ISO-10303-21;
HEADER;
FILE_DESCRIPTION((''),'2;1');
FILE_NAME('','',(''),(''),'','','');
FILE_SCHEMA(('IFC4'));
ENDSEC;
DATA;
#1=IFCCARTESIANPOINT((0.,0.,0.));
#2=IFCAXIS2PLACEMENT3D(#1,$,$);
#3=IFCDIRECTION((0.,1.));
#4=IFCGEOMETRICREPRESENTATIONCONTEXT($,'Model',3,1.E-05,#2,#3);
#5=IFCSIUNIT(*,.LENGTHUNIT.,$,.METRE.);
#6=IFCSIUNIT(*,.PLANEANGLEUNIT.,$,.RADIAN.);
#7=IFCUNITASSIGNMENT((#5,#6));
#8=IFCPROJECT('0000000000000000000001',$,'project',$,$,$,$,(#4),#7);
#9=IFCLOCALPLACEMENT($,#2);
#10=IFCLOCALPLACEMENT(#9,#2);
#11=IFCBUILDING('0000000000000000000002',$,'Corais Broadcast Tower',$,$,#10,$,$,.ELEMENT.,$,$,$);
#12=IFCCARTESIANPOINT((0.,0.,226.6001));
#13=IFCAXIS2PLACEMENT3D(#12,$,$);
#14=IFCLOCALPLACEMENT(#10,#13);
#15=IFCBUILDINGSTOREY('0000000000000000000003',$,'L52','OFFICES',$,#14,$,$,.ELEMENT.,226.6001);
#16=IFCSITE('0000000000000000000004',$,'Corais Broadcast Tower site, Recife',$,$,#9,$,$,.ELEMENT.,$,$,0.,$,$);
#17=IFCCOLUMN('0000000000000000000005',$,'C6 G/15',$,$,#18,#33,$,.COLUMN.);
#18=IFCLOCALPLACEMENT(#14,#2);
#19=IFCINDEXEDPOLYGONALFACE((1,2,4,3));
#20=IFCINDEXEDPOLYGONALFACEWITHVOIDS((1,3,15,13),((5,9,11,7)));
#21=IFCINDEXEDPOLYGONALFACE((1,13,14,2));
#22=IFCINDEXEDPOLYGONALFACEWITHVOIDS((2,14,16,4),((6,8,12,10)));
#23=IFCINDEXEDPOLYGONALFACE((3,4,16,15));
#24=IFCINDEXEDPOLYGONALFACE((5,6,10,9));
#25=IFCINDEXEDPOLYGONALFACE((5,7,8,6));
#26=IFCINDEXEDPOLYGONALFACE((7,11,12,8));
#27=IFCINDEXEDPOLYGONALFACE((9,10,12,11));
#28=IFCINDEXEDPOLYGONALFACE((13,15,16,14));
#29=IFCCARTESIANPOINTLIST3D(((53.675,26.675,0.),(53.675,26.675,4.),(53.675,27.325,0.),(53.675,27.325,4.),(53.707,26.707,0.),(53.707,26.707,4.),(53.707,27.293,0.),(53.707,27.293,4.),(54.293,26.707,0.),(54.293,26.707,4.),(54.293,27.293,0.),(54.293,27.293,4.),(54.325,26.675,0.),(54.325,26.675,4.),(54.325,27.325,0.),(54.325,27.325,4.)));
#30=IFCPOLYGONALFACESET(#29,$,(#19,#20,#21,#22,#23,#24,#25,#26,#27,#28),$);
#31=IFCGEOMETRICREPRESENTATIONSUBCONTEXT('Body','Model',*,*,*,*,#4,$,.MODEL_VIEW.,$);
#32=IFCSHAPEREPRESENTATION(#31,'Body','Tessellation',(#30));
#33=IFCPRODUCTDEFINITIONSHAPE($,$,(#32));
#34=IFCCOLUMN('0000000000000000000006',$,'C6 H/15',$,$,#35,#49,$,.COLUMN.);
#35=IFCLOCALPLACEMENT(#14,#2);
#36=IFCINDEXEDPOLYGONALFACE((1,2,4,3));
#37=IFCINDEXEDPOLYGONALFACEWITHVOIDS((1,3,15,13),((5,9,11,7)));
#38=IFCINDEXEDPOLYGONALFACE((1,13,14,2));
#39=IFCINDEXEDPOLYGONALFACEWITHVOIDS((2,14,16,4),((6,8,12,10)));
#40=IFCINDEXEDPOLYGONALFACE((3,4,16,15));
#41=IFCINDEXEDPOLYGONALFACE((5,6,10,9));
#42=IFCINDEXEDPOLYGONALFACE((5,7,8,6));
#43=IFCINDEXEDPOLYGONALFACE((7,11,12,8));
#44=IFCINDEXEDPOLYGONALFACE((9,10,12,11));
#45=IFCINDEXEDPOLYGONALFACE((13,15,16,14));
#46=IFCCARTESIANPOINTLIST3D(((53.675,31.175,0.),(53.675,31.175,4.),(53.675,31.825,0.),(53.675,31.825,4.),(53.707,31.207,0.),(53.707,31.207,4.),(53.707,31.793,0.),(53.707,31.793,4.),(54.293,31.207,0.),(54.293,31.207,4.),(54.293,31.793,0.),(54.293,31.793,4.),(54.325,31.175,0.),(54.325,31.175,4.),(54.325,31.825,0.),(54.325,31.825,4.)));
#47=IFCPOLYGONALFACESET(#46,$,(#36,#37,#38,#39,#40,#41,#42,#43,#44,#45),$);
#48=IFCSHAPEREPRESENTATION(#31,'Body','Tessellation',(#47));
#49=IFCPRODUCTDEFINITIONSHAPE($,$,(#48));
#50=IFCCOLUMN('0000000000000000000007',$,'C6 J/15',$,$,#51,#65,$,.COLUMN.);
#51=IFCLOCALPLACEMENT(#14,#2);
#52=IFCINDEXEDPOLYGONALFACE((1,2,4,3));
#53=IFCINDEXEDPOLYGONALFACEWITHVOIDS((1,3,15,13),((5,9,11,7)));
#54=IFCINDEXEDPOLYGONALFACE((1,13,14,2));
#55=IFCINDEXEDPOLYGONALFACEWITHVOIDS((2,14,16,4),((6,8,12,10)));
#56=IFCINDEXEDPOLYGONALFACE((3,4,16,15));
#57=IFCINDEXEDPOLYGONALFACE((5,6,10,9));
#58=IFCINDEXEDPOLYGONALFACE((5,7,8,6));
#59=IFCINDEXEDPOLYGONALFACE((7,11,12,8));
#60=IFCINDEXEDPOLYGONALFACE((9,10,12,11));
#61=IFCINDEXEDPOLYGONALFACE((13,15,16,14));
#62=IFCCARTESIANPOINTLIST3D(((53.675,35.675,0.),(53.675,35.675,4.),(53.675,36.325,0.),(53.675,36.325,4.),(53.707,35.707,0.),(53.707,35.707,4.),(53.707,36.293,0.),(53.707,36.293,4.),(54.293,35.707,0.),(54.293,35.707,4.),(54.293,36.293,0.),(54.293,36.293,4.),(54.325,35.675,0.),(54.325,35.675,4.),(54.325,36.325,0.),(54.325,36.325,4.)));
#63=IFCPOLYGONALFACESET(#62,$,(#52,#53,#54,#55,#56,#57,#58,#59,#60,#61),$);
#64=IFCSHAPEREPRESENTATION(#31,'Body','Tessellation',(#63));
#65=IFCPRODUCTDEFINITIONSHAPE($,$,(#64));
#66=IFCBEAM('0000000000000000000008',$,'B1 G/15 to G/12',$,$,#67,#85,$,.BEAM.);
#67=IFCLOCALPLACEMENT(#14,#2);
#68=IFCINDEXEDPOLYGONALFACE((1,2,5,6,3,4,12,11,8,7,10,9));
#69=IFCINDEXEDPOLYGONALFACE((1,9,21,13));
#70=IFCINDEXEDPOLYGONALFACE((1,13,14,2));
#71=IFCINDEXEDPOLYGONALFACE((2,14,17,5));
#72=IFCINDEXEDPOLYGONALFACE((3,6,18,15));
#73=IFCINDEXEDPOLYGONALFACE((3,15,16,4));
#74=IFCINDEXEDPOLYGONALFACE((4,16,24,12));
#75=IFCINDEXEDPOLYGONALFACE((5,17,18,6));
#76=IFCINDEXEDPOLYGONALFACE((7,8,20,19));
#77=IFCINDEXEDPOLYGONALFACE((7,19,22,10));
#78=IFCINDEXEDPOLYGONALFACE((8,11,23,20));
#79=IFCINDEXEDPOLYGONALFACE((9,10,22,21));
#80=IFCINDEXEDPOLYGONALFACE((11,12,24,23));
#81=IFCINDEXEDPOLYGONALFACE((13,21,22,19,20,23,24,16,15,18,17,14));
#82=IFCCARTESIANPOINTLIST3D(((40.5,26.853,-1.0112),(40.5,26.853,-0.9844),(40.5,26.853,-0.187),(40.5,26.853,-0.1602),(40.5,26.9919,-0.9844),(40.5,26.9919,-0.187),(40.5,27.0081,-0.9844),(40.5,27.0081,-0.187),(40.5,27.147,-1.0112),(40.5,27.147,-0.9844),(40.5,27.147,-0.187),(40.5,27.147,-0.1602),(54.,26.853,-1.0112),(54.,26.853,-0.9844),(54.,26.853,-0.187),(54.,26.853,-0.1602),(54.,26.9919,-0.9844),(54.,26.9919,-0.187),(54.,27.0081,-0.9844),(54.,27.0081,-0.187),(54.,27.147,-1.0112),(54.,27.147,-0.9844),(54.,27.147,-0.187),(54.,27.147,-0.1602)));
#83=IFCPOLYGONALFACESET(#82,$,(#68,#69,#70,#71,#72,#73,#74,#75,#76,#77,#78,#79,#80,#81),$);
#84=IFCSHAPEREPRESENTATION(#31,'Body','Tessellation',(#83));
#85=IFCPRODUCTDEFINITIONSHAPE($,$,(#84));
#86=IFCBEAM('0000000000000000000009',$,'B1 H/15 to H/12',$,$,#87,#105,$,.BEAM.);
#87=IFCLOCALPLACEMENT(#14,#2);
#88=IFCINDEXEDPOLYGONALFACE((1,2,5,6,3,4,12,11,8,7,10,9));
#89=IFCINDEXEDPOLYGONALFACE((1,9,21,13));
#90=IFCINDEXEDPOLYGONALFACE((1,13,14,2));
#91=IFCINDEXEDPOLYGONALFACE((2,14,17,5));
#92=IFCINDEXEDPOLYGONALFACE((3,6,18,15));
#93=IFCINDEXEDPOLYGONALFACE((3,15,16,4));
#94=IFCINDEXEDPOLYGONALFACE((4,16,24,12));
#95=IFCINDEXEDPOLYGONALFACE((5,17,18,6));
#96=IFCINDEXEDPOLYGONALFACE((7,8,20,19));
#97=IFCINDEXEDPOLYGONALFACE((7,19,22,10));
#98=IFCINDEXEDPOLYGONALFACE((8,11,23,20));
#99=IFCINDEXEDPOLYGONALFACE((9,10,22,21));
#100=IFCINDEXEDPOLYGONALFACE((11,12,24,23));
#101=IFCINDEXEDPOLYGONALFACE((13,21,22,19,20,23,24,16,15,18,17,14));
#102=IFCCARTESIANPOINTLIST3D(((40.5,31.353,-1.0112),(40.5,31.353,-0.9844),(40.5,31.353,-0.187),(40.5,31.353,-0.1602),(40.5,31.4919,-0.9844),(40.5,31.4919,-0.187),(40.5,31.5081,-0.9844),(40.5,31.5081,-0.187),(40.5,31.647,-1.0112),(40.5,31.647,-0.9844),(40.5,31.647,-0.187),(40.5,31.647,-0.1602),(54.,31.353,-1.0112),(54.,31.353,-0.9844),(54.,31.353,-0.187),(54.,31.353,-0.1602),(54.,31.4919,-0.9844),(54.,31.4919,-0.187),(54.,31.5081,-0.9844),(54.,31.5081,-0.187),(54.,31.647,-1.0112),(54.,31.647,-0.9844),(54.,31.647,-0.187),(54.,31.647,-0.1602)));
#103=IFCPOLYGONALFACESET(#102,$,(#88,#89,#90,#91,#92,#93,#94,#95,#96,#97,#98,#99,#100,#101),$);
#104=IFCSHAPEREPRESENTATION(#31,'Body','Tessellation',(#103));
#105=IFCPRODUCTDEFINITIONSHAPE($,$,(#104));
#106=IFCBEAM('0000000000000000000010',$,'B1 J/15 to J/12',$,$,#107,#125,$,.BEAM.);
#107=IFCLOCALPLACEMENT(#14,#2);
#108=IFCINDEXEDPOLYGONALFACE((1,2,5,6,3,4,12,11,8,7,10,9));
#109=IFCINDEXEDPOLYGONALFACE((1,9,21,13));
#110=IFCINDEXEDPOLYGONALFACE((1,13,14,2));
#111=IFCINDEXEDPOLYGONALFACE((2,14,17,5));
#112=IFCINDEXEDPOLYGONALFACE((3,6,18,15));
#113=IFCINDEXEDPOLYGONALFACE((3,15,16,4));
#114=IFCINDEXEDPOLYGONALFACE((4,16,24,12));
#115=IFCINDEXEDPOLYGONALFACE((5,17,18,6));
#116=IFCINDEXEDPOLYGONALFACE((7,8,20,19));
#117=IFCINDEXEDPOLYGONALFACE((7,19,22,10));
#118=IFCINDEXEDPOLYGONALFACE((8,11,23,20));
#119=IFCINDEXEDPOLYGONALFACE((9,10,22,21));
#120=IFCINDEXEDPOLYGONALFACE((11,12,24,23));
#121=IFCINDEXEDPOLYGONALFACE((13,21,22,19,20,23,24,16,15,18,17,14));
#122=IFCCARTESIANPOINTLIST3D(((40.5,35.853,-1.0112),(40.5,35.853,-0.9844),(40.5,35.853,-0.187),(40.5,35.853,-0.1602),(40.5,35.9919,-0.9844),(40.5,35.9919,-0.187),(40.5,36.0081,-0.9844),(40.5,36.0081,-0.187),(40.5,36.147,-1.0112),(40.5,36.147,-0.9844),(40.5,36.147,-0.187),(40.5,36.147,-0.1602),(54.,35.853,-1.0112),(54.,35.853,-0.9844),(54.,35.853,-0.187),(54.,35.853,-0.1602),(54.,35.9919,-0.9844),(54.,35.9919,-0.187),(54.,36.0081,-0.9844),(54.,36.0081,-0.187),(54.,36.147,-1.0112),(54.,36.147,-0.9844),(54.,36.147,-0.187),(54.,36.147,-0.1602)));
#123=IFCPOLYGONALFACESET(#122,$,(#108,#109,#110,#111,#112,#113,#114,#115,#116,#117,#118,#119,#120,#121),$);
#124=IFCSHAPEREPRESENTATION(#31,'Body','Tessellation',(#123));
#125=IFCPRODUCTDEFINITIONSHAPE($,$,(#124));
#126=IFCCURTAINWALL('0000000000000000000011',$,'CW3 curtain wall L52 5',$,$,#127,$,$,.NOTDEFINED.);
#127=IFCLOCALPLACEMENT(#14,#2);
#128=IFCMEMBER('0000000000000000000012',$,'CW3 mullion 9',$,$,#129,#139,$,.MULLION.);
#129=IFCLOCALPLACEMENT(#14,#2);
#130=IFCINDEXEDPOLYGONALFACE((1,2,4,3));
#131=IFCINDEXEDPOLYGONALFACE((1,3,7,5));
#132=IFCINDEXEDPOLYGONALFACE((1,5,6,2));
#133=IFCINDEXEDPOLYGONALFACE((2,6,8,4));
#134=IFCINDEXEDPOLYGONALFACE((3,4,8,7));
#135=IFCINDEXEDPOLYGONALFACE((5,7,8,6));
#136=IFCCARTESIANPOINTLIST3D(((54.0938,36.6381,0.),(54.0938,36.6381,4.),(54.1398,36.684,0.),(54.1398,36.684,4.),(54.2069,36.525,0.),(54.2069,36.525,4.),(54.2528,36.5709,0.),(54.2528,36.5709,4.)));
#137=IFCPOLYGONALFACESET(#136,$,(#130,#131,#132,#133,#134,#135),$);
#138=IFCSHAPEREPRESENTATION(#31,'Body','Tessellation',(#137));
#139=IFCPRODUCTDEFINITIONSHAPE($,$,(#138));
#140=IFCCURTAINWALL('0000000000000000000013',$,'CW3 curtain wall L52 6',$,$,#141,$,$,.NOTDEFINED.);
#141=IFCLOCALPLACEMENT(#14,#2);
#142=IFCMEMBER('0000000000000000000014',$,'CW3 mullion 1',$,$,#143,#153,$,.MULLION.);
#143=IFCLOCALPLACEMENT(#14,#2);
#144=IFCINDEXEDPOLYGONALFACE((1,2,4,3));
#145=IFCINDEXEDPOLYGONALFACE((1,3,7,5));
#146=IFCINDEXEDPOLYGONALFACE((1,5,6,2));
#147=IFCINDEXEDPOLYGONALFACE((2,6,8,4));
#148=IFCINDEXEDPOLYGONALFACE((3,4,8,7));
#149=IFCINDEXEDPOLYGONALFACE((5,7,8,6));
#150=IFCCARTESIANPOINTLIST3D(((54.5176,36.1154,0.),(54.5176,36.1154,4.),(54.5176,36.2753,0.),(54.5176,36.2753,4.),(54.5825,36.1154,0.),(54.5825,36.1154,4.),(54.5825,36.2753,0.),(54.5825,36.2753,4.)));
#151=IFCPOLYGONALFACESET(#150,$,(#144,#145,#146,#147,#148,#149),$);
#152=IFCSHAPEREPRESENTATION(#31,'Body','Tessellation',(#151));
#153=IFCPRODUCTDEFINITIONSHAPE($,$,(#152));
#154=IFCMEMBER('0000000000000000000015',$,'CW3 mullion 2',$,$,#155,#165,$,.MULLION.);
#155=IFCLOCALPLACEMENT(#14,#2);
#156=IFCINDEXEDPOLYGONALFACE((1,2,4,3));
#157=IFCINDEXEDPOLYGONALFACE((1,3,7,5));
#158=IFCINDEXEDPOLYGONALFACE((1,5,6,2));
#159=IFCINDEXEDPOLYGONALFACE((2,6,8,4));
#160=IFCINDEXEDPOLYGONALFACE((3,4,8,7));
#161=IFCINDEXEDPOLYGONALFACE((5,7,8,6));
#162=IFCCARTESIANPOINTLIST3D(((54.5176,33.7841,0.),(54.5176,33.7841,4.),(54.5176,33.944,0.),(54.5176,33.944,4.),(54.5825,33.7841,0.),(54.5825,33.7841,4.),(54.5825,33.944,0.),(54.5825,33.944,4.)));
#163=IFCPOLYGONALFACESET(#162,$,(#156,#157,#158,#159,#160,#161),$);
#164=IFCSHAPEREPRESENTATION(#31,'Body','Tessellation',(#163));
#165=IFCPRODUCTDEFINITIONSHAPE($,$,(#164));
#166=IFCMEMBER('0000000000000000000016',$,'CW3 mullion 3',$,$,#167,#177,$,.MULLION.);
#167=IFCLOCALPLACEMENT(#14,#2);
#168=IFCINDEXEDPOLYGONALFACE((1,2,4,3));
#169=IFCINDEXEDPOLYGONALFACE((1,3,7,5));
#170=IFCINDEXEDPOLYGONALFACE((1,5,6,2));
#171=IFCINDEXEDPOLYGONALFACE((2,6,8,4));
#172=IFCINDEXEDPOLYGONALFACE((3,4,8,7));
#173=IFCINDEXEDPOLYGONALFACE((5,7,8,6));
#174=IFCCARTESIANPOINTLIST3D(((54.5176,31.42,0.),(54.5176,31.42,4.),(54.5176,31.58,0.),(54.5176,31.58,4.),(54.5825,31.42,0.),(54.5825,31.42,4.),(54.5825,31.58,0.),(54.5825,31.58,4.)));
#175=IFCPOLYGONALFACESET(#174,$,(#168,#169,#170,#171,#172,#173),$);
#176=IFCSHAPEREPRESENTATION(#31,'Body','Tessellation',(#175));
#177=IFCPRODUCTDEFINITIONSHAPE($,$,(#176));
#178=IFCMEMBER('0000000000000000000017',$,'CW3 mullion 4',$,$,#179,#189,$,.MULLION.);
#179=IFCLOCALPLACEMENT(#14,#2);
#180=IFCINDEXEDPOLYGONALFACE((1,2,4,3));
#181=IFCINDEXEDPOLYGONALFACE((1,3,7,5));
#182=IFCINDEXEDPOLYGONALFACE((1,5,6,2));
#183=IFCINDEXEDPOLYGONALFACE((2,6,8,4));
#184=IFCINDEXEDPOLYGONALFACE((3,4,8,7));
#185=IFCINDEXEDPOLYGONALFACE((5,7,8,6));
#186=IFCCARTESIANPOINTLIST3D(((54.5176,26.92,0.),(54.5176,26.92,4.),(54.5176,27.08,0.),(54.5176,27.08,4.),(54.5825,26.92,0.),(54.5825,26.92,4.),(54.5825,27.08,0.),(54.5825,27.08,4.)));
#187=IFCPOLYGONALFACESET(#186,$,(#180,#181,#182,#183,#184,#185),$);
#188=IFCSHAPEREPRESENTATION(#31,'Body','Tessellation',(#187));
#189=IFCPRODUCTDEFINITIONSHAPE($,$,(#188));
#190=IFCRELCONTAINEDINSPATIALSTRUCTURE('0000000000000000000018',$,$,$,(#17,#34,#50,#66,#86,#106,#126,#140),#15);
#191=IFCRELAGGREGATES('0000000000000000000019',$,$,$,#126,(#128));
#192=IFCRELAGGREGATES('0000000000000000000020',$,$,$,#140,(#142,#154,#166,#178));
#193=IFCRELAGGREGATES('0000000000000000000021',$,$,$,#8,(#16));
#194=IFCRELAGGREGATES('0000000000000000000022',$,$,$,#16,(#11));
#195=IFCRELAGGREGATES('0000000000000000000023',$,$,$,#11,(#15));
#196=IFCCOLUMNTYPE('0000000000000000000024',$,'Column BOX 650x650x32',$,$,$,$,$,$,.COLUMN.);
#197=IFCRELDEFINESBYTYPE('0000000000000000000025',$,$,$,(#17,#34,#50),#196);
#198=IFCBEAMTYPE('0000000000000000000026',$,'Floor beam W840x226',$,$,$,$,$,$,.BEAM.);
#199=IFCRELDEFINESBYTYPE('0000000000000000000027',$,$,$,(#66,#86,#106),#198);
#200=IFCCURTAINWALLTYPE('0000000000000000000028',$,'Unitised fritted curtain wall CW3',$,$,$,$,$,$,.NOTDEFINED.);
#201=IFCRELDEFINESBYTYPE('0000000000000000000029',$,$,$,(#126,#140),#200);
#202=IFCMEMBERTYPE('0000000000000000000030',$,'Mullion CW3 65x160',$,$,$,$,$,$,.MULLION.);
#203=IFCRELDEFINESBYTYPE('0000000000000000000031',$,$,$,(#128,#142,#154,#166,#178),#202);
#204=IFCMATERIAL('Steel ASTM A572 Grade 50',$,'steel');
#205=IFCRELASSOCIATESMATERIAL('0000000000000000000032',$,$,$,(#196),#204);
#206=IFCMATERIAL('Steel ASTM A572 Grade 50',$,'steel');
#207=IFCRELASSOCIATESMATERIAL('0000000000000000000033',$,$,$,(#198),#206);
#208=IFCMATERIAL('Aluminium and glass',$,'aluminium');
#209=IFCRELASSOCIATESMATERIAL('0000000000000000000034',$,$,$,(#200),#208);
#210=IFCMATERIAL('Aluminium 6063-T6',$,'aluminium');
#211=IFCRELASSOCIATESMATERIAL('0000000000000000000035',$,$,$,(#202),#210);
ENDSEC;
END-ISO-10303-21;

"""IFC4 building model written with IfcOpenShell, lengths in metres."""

from ifc_helpers import new_model, si_unit, direction, frame, origin, origin_2d, place, context, subcontext, project, spatial, rectangle, hollow_rectangle, i_section, extrude, material, material_profile, profile_set, type_object, element, aggregate, save


model = new_model("IFC4")

# Units and contexts
model_context = context("Model", 3, precision=1e-05, world=origin(), true_north=direction((0.0, 1.0)))
body_context = subcontext(model_context, "Body", "Model", "MODEL_VIEW")
ifc_project = project(units=[si_unit("LENGTHUNIT", "METRE"), si_unit("PLANEANGLEUNIT", "RADIAN")], contexts=[model_context])

# Site, building, storey
site_placement = place(None, origin())
site = spatial("IfcSite", under=ifc_project, at=site_placement, Name="Corais Broadcast Tower site, Recife", CompositionType="ELEMENT", RefElevation=0.0)
building_placement = place(site_placement, origin())
building = spatial("IfcBuilding", under=site, at=building_placement, Name="Corais Broadcast Tower", CompositionType="ELEMENT")
storey_placement = place(building_placement, frame((0.0, 0.0, 226.6001)))
storey = spatial("IfcBuildingStorey", under=building, at=storey_placement, Name="L52", Description="OFFICES", CompositionType="ELEMENT", Elevation=226.6001)

# Columns
ifc_material_1 = material(Name="Steel ASTM A572 Grade 50", Category="steel")
ifc_material_profile_1 = material_profile(ifc_material_1, hollow_rectangle(XDim=0.6499, YDim=0.6499, WallThickness=0.032, at=origin_2d()), Name="BOX 650x650x32")
ifc_profile_set_1 = profile_set([ifc_material_profile_1], Name="Steel ASTM A572 Grade 50")
column_type = type_object("IfcColumnType", Name="Column BOX 650x650x32", PredefinedType="COLUMN", material=ifc_profile_set_1)
for number, where, z_axis, x_axis, name in (
    (1, (54.0, 27.0, 0.0), (0.0, 0.0, 1.0), (1.0, 0.0, 0.0), "C6 G/15"),
    (2, (54.0, 31.5, 0.0), (0.0, 0.0, 1.0), (1.0, 0.0, 0.0), "C6 H/15"),
    (3, (54.0, 36.0, 0.0), (0.0, 0.0, 1.0), (1.0, 0.0, 0.0), "C6 J/15"),
):
    element("IfcColumn", number, at=place(storey_placement, frame(where, z_axis=z_axis, x_axis=x_axis)), inside=storey, type_object=column_type, Name=name, PredefinedType="COLUMN", context=body_context, shape_type="SweptSolid", body=[
        extrude(hollow_rectangle(XDim=0.6499, YDim=0.6499, WallThickness=0.032, at=origin_2d()), origin(), (0.0, 0.0, 1.0), 4.0),
    ])

# Beams
ifc_material_2 = material(Name="Steel ASTM A572 Grade 50", Category="steel")
ifc_material_profile_2 = material_profile(ifc_material_2, i_section(OverallWidth=0.2939, OverallDepth=0.8511, WebThickness=0.0161, FlangeThickness=0.0269, at=origin_2d()), Name="W840x226")
ifc_profile_set_2 = profile_set([ifc_material_profile_2], Name="Steel ASTM A572 Grade 50")
beam_type_1 = type_object("IfcBeamType", Name="Floor beam W840x226", PredefinedType="BEAM", material=ifc_profile_set_2)
for number, where, z_axis, x_axis, name in (
    (4, (54.0, 27.0, -0.5857), (-1.0, 0.0, 0.0), (0.0, -1.0, 0.0), "B1 G/15 to G/12"),
    (5, (54.0, 31.5, -0.5857), (-1.0, 0.0, 0.0), (0.0, -1.0, 0.0), "B1 H/15 to H/12"),
    (6, (54.0, 36.0, -0.5857), (-1.0, 0.0, 0.0), (0.0, -1.0, 0.0), "B1 J/15 to J/12"),
):
    element("IfcBeam", number, at=place(storey_placement, frame(where, z_axis=z_axis, x_axis=x_axis)), inside=storey, type_object=beam_type_1, Name=name, PredefinedType="BEAM", context=body_context, shape_type="SweptSolid", body=[
        extrude(i_section(OverallWidth=0.2939, OverallDepth=0.8511, WebThickness=0.0161, FlangeThickness=0.0269, at=origin_2d()), origin(), (0.0, 0.0, 1.0), 13.5),
    ])

# Curtain wall, member
ifc_material_3 = material(Name="Aluminium and glass", Category="aluminium")
curtain_wall_type = type_object("IfcCurtainWallType", Name="Unitised fritted curtain wall CW3", PredefinedType="NOTDEFINED", material=ifc_material_3)
curtain_wall_1_placement = place(storey_placement, origin())
curtain_wall_1 = element("IfcCurtainWall", 7, at=curtain_wall_1_placement, inside=storey, type_object=curtain_wall_type, Name="CW3 curtain wall L52 5", PredefinedType="NOTDEFINED")
ifc_material_4 = material(Name="Aluminium 6063-T6", Category="aluminium")
ifc_material_profile_3 = material_profile(ifc_material_4, rectangle(XDim=0.0649, YDim=0.1599, at=origin_2d()), Name="Mullion CW3 65x160")
ifc_profile_set_3 = profile_set([ifc_material_profile_3], Name="Aluminium 6063-T6")
member_type_1 = type_object("IfcMemberType", Name="Mullion CW3 65x160", PredefinedType="MULLION", material=ifc_profile_set_3)
member_1_placement = place(storey_placement, frame((54.1733, 36.6045, 0.0), z_axis=(0.0, 0.0, 1.0), x_axis=(0.707107, 0.707107, 0.0)))
member_1 = element("IfcMember", 8, at=member_1_placement, type_object=member_type_1, Name="CW3 mullion 9", PredefinedType="MULLION", context=body_context, shape_type="SweptSolid", body=[
    extrude(rectangle(XDim=0.0649, YDim=0.1599, at=origin_2d()), origin(), (0.0, 0.0, 1.0), 4.0),
])
aggregate(curtain_wall_1, [member_1])

# Curtain wall, members
curtain_wall_2_placement = place(storey_placement, origin())
curtain_wall_2 = element("IfcCurtainWall", 9, at=curtain_wall_2_placement, inside=storey, type_object=curtain_wall_type, Name="CW3 curtain wall L52 6", PredefinedType="NOTDEFINED")
member_2_placement = place(storey_placement, frame((54.55, 36.1953, 0.0), z_axis=(0.0, 0.0, 1.0), x_axis=(1.0, 0.0, 0.0)))
member_2 = element("IfcMember", 10, at=member_2_placement, type_object=member_type_1, Name="CW3 mullion 1", PredefinedType="MULLION", context=body_context, shape_type="SweptSolid", body=[
    extrude(rectangle(XDim=0.0649, YDim=0.1599, at=origin_2d()), origin(), (0.0, 0.0, 1.0), 4.0),
])
member_3_placement = place(storey_placement, frame((54.55, 33.864, 0.0), z_axis=(0.0, 0.0, 1.0), x_axis=(1.0, 0.0, 0.0)))
member_3 = element("IfcMember", 11, at=member_3_placement, type_object=member_type_1, Name="CW3 mullion 2", PredefinedType="MULLION", context=body_context, shape_type="SweptSolid", body=[
    extrude(rectangle(XDim=0.0649, YDim=0.1599, at=origin_2d()), origin(), (0.0, 0.0, 1.0), 4.0),
])
member_4_placement = place(storey_placement, frame((54.55, 31.5, 0.0), z_axis=(0.0, 0.0, 1.0), x_axis=(1.0, 0.0, 0.0)))
member_4 = element("IfcMember", 12, at=member_4_placement, type_object=member_type_1, Name="CW3 mullion 3", PredefinedType="MULLION", context=body_context, shape_type="SweptSolid", body=[
    extrude(rectangle(XDim=0.0649, YDim=0.1599, at=origin_2d()), origin(), (0.0, 0.0, 1.0), 4.0),
])
member_5_placement = place(storey_placement, frame((54.55, 27.0, 0.0), z_axis=(0.0, 0.0, 1.0), x_axis=(1.0, 0.0, 0.0)))
member_5 = element("IfcMember", 13, at=member_5_placement, type_object=member_type_1, Name="CW3 mullion 4", PredefinedType="MULLION", context=body_context, shape_type="SweptSolid", body=[
    extrude(rectangle(XDim=0.0649, YDim=0.1599, at=origin_2d()), origin(), (0.0, 0.0, 1.0), 4.0),
])

aggregate(curtain_wall_2, [member_2, member_3, member_4, member_5])

save(model, "model.ifc")
